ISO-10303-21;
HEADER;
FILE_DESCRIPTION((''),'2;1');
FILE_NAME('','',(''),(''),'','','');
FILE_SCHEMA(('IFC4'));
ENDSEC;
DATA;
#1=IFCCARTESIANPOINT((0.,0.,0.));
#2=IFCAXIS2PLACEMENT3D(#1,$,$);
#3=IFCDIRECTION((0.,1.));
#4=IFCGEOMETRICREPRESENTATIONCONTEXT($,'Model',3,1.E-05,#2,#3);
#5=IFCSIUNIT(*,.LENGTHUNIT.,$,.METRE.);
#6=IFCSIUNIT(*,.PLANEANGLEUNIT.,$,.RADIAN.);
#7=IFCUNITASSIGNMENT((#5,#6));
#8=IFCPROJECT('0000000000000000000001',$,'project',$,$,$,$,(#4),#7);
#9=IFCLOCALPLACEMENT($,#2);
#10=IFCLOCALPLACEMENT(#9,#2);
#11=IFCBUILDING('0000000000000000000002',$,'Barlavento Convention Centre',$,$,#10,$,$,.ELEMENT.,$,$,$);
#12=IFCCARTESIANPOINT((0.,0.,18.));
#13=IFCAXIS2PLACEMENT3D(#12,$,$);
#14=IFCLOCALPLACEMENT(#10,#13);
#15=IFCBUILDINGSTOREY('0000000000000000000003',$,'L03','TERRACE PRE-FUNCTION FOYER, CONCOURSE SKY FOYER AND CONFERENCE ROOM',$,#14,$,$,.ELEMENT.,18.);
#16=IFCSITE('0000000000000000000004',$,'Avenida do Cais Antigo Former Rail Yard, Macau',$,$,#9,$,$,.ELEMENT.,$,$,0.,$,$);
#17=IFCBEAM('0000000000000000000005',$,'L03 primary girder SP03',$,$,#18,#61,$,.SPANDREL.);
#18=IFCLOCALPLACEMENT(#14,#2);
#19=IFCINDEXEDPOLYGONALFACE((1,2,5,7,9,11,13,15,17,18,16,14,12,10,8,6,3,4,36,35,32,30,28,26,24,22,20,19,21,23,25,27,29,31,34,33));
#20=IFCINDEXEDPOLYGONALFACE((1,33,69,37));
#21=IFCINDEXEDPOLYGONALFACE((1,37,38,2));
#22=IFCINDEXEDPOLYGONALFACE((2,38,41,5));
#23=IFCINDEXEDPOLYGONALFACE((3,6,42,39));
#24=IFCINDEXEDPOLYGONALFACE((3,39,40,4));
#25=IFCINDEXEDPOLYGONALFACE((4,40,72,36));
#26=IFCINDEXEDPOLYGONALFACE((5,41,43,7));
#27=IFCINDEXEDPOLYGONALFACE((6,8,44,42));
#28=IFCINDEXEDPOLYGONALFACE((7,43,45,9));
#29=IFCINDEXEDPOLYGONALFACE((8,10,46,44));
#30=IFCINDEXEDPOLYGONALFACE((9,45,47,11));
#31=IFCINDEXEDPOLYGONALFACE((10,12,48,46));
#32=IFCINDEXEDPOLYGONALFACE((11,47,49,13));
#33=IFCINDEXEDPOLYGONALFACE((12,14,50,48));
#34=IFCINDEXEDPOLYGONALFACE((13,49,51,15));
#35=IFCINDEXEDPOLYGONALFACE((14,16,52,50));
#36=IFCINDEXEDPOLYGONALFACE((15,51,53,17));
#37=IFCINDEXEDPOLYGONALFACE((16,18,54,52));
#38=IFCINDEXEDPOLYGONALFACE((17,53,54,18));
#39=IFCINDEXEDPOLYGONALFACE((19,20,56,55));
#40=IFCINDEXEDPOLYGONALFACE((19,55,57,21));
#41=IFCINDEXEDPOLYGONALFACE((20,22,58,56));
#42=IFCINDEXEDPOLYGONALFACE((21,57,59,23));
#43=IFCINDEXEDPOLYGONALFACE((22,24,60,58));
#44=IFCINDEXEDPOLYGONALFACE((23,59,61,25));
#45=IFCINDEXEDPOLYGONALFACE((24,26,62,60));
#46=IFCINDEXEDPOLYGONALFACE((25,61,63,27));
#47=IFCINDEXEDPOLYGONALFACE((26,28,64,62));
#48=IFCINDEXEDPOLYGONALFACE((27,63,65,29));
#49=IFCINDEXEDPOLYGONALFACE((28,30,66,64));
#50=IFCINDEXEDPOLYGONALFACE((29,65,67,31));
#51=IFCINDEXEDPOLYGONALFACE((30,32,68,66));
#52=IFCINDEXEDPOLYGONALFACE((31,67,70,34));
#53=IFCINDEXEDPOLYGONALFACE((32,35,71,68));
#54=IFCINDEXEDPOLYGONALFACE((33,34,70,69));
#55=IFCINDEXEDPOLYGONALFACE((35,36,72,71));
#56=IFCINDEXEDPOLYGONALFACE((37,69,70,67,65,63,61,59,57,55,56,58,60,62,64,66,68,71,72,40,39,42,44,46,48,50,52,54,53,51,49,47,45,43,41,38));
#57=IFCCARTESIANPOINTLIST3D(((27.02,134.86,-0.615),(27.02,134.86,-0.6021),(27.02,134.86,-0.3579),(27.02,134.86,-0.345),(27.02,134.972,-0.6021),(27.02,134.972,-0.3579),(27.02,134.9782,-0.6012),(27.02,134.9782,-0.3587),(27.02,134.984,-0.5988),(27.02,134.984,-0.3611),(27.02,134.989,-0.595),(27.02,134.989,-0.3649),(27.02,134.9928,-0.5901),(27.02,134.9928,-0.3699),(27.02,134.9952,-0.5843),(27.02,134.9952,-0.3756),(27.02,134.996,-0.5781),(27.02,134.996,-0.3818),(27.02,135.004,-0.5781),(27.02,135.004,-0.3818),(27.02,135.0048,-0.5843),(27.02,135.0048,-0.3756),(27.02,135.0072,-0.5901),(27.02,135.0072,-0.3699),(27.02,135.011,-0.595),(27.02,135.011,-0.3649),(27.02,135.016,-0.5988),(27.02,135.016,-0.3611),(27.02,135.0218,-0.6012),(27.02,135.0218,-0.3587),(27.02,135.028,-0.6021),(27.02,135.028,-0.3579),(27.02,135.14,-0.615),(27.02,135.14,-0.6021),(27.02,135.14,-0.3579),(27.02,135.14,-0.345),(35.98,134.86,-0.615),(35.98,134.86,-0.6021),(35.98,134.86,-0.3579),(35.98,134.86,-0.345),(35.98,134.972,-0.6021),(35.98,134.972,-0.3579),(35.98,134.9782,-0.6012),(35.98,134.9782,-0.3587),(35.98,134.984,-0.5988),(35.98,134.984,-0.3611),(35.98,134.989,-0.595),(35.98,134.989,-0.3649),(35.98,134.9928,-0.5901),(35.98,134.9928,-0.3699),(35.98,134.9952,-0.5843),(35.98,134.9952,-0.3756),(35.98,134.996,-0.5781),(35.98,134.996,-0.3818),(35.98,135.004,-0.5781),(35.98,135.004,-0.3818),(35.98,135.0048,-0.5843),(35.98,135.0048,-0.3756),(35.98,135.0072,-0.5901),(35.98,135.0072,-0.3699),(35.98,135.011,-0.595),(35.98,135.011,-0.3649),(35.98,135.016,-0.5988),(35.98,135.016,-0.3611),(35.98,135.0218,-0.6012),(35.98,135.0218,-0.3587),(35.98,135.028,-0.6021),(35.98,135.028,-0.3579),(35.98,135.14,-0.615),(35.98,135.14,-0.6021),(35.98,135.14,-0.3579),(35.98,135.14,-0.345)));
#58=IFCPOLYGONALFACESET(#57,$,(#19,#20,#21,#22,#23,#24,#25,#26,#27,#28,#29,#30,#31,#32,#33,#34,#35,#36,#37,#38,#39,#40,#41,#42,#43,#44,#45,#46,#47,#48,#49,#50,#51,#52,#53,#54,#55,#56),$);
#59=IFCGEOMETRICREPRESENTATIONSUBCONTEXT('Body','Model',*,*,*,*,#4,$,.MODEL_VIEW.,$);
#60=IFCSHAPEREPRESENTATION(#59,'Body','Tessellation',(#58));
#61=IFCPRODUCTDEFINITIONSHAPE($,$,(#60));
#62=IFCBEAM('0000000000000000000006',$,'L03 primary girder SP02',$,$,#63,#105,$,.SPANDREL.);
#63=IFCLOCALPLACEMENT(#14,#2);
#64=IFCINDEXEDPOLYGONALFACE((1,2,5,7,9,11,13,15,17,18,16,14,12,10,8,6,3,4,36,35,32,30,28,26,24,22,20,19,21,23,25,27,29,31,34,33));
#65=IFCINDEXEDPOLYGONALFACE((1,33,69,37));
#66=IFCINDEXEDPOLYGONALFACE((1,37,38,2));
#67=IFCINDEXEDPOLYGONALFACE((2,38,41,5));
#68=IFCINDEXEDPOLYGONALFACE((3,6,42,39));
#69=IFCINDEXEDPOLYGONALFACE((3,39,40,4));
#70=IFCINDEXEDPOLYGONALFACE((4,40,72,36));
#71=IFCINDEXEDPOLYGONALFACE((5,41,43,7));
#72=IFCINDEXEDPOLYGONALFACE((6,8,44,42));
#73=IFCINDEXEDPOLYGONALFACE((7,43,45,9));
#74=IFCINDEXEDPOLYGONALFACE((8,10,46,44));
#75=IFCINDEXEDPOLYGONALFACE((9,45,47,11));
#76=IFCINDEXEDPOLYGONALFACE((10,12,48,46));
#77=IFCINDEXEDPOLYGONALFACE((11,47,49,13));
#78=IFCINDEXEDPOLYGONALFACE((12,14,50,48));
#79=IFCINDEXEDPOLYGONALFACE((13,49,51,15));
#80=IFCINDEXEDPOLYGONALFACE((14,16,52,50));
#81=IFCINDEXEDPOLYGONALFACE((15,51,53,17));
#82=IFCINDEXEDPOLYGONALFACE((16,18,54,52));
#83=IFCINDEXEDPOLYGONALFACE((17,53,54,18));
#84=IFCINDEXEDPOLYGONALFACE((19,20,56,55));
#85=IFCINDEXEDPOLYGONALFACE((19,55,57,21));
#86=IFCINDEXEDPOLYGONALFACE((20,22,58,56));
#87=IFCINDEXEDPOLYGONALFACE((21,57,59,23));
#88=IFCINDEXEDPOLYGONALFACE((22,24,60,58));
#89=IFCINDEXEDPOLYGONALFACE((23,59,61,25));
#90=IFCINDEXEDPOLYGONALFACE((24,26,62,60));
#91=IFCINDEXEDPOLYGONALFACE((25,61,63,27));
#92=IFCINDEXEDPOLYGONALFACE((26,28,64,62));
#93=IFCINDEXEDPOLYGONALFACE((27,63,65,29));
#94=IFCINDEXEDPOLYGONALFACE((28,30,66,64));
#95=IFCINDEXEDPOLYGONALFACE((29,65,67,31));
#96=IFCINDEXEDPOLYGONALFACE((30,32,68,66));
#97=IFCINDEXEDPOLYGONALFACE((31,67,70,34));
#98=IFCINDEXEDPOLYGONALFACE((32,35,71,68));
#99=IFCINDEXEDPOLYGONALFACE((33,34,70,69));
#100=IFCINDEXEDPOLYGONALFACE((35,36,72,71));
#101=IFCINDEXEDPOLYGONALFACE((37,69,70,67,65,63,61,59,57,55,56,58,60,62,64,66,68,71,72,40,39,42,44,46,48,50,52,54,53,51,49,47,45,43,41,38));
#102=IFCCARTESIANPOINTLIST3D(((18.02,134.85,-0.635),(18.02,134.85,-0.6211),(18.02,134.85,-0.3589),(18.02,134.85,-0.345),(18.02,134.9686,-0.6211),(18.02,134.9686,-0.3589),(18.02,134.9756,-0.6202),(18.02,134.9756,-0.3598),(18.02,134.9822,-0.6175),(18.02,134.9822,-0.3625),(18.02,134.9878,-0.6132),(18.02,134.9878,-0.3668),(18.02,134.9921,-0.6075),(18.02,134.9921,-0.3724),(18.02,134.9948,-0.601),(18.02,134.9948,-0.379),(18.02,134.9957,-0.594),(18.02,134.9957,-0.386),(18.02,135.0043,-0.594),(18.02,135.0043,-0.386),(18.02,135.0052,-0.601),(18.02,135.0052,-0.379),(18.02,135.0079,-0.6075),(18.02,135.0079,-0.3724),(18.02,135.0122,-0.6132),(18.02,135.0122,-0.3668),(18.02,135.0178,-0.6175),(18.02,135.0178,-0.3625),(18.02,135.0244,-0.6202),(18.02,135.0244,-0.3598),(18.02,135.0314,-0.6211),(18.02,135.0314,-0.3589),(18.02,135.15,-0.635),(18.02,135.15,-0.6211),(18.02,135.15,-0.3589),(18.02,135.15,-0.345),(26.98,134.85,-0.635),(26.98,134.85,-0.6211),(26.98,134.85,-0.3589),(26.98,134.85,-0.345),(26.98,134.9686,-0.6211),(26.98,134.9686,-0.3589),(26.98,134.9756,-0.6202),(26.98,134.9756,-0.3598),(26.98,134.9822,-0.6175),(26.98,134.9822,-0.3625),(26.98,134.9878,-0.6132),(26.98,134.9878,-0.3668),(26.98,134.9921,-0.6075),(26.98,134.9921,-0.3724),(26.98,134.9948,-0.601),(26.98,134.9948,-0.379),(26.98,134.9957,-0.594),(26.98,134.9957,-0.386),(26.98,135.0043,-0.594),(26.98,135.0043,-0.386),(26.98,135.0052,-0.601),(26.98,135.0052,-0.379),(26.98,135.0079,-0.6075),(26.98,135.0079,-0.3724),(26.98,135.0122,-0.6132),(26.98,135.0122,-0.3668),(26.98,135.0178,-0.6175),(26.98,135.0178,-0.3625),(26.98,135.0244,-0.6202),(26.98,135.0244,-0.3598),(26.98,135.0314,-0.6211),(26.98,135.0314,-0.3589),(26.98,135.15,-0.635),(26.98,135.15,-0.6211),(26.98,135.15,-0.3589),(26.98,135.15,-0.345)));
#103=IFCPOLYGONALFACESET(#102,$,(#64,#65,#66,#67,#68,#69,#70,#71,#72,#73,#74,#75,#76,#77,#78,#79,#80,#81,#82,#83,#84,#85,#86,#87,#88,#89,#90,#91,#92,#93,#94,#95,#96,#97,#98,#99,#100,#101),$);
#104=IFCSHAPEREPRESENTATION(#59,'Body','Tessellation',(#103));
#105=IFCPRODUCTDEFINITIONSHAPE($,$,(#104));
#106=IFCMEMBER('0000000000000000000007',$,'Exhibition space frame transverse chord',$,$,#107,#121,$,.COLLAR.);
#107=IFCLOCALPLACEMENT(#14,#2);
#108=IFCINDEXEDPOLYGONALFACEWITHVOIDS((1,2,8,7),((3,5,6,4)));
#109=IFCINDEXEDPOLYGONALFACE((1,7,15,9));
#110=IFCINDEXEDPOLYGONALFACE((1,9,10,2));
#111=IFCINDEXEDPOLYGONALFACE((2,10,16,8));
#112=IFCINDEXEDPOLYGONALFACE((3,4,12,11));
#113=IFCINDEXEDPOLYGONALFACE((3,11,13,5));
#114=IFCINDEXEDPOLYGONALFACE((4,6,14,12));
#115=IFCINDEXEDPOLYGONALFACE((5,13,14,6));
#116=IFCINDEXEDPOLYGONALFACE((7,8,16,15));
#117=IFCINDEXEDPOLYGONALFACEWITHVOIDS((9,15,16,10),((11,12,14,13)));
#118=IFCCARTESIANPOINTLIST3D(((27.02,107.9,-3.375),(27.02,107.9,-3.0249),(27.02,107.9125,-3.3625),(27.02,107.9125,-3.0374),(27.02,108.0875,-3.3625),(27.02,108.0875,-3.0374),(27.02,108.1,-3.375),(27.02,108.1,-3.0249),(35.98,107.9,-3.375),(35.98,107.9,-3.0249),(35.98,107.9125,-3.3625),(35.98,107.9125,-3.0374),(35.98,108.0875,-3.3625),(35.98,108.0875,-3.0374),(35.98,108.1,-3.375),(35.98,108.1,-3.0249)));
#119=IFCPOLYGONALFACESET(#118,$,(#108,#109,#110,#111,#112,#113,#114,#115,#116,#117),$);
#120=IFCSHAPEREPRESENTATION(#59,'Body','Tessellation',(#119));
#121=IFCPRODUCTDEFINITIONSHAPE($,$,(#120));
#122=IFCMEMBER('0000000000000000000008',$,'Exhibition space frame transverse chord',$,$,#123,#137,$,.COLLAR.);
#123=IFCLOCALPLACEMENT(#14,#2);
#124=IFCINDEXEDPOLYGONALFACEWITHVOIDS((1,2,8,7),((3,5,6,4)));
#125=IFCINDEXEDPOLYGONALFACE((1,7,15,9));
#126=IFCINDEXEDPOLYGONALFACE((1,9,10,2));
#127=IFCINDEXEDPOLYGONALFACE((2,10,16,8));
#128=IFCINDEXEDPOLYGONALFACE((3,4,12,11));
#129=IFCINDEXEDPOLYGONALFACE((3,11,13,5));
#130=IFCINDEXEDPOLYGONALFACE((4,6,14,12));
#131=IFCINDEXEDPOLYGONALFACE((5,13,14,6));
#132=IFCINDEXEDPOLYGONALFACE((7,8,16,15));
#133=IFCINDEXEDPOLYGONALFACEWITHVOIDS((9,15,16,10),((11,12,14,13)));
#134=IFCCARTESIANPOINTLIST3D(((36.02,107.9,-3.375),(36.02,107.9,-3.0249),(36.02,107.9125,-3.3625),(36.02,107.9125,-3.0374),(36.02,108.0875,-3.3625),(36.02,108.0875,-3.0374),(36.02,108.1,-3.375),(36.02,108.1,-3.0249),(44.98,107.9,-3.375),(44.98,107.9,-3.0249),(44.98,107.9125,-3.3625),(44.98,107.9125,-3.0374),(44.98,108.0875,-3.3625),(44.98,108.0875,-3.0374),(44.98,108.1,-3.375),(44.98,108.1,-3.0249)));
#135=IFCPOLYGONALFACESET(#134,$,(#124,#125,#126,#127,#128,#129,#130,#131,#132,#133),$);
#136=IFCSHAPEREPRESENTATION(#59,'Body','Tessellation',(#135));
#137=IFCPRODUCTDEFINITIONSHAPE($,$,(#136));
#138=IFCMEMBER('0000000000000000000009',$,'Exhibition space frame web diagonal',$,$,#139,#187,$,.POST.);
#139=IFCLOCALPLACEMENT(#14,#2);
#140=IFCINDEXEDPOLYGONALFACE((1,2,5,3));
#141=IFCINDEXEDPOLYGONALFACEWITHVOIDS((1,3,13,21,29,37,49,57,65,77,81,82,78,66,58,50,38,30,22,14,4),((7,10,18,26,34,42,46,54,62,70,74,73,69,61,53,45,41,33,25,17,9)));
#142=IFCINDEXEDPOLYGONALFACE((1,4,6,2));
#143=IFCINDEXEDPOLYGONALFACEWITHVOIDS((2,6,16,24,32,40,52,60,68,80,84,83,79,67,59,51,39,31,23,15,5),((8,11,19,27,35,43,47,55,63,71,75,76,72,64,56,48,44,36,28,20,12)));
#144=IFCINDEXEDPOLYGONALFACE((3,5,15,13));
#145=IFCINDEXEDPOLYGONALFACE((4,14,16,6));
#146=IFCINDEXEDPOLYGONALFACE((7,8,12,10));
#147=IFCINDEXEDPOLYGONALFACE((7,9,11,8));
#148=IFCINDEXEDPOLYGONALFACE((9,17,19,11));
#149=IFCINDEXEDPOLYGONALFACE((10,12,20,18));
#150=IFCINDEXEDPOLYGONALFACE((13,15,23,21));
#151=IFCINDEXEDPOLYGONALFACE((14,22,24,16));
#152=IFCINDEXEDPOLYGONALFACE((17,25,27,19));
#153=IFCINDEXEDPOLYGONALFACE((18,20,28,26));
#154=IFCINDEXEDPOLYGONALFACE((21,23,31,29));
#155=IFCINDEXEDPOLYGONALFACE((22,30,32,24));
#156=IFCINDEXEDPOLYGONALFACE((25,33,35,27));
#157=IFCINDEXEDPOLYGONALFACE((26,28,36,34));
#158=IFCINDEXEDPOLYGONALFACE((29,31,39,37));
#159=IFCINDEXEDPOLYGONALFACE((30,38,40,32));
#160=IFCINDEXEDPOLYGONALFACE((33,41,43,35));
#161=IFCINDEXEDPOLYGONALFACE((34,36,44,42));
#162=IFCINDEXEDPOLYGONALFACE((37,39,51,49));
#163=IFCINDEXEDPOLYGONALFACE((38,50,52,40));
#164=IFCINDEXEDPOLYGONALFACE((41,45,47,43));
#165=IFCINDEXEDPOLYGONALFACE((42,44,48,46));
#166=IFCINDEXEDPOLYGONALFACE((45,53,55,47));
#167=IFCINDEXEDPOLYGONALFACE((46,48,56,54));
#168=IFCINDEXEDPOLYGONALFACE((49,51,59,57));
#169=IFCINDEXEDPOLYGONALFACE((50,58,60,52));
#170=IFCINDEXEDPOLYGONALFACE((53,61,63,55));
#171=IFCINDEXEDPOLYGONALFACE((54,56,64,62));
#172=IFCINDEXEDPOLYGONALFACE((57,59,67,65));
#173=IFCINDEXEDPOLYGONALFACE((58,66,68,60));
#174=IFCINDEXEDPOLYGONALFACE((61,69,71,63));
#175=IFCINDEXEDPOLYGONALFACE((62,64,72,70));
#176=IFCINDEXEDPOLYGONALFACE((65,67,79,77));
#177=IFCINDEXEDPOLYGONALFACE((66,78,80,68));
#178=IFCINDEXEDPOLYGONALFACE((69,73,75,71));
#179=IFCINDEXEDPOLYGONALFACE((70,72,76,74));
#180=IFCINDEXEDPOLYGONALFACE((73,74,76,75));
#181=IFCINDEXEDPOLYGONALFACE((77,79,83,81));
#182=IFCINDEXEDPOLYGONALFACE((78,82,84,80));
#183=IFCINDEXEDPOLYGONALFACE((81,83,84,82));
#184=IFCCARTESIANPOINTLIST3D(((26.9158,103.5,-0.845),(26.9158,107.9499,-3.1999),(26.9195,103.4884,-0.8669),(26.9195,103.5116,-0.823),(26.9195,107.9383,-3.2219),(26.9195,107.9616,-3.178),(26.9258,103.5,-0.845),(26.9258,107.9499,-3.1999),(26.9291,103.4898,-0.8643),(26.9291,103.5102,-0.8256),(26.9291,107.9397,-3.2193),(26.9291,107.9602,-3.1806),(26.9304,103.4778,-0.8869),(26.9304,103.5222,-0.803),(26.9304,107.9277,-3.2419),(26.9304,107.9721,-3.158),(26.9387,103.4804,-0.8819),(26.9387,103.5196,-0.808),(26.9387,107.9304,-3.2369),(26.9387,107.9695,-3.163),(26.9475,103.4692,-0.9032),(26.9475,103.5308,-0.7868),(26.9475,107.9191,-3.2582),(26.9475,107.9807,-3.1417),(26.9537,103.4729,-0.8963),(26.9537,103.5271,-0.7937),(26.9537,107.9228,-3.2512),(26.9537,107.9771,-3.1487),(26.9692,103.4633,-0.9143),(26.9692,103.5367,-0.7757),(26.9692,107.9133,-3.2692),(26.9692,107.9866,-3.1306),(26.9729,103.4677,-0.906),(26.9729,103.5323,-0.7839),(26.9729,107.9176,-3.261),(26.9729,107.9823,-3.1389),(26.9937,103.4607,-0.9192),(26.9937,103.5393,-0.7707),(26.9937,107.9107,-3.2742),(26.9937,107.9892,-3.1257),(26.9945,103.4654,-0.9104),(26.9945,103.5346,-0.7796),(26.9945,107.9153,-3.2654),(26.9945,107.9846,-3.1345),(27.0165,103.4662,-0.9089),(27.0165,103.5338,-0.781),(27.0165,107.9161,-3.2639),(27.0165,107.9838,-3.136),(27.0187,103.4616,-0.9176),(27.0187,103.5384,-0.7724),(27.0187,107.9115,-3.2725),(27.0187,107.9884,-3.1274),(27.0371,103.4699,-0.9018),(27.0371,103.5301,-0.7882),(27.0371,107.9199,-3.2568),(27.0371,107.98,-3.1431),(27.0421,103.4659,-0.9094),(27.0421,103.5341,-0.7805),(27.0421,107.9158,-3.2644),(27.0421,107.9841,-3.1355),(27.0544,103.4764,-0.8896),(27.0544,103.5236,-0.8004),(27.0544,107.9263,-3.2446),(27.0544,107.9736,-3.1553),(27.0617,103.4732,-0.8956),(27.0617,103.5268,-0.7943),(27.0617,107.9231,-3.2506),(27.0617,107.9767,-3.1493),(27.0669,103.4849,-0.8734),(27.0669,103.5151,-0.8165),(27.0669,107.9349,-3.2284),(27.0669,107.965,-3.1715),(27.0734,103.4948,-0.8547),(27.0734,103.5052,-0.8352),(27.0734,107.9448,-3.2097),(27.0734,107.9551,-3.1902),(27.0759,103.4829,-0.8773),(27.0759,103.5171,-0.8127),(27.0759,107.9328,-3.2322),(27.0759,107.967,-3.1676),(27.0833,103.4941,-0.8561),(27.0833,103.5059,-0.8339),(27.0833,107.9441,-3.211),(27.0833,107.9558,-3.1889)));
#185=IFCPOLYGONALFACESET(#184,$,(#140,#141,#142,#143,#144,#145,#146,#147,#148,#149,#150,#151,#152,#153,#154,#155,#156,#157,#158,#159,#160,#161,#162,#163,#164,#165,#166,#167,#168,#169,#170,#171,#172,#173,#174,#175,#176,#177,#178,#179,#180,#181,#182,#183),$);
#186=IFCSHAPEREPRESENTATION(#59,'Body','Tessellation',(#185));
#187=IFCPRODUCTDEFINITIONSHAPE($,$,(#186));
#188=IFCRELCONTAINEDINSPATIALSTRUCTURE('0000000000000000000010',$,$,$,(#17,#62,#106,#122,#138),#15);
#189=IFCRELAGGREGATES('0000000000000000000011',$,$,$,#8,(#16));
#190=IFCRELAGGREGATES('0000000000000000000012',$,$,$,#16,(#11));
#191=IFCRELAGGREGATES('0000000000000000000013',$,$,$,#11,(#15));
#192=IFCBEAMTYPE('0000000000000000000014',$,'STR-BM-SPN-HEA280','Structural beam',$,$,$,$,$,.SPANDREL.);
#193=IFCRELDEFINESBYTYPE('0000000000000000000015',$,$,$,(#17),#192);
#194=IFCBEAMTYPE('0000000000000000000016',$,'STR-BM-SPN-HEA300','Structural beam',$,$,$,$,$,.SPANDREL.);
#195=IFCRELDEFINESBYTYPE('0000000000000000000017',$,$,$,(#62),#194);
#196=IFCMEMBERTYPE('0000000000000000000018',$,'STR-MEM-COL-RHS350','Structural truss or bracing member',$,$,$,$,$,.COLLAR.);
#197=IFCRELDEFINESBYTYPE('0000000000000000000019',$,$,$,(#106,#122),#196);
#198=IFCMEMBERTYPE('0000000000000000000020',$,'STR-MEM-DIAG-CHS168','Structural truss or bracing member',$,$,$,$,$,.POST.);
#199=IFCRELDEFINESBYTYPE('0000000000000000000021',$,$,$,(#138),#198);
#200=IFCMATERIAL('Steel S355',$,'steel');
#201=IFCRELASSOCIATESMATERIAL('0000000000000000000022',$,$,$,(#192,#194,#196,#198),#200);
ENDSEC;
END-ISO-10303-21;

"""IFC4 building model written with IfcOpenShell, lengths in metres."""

from ifc_helpers import new_model, si_unit, direction, frame, origin, origin_2d, place, context, subcontext, project, spatial, hollow_rectangle, hollow_circle, i_section, extrude, material, material_profile, profile_set, type_object, element, save


model = new_model("IFC4")

# Units and contexts
model_context = context("Model", 3, precision=1e-05, world=origin(), true_north=direction((0.0, 1.0)))
body_context = subcontext(model_context, "Body", "Model", "MODEL_VIEW")
ifc_project = project(units=[si_unit("LENGTHUNIT", "METRE"), si_unit("PLANEANGLEUNIT", "RADIAN")], contexts=[model_context])

# Site, building, storey
site_placement = place(None, origin())
site = spatial("IfcSite", under=ifc_project, at=site_placement, Name="Avenida do Cais Antigo Former Rail Yard, Macau", CompositionType="ELEMENT", RefElevation=0.0)
building_placement = place(site_placement, origin())
building = spatial("IfcBuilding", under=site, at=building_placement, Name="Barlavento Convention Centre", CompositionType="ELEMENT")
storey_placement = place(building_placement, frame((0.0, 0.0, 18.0)))
storey = spatial("IfcBuildingStorey", under=building, at=storey_placement, Name="L03", Description="TERRACE PRE-FUNCTION FOYER, CONCOURSE SKY FOYER AND CONFERENCE ROOM", CompositionType="ELEMENT", Elevation=18.0)

# Beams
ifc_material_1 = material(Name="Steel S355", Category="steel")
ifc_material_profile_1 = material_profile(ifc_material_1, i_section(OverallWidth=0.28, OverallDepth=0.27, WebThickness=0.0081, FlangeThickness=0.0129, FilletRadius=0.0239, at=origin_2d()), Name="HEA 280")
ifc_profile_set_1 = profile_set([ifc_material_profile_1], Name="Steel S355")
beam_type_1 = type_object("IfcBeamType", Name="STR-BM-SPN-HEA280", Description="Structural beam", PredefinedType="SPANDREL", material=ifc_profile_set_1)
beam_1_placement = place(storey_placement, frame((27.02, 135.0, -0.48), z_axis=(1.0, 0.0, 0.0), x_axis=(0.0, 1.0, 0.0)))
element("IfcBeam", 1, at=beam_1_placement, inside=storey, type_object=beam_type_1, Name="L03 primary girder SP03", PredefinedType="SPANDREL", context=body_context, shape_type="SweptSolid", body=[
    extrude(i_section(OverallWidth=0.28, OverallDepth=0.27, WebThickness=0.0081, FlangeThickness=0.0129, FilletRadius=0.0239, at=origin_2d()), origin(), (0.0, 0.0, 1.0), 8.96),
])
ifc_material_profile_2 = material_profile(ifc_material_1, i_section(OverallWidth=0.3, OverallDepth=0.29, WebThickness=0.0085, FlangeThickness=0.0139, FilletRadius=0.0271, at=origin_2d()), Name="HEA 300")
ifc_profile_set_2 = profile_set([ifc_material_profile_2], Name="Steel S355")
beam_type_2 = type_object("IfcBeamType", Name="STR-BM-SPN-HEA300", Description="Structural beam", PredefinedType="SPANDREL", material=ifc_profile_set_2)
beam_2_placement = place(storey_placement, frame((18.02, 135.0, -0.49), z_axis=(1.0, 0.0, 0.0), x_axis=(0.0, 1.0, 0.0)))
element("IfcBeam", 2, at=beam_2_placement, inside=storey, type_object=beam_type_2, Name="L03 primary girder SP02", PredefinedType="SPANDREL", context=body_context, shape_type="SweptSolid", body=[
    extrude(i_section(OverallWidth=0.3, OverallDepth=0.29, WebThickness=0.0085, FlangeThickness=0.0139, FilletRadius=0.0271, at=origin_2d()), origin(), (0.0, 0.0, 1.0), 8.96),
])

# Members
ifc_material_profile_3 = material_profile(ifc_material_1, hollow_rectangle(XDim=0.2, YDim=0.3501, WallThickness=0.0125, at=origin_2d()), Name="RHS 350x200x12.5")
ifc_profile_set_3 = profile_set([ifc_material_profile_3], Name="Steel S355")
member_type_1 = type_object("IfcMemberType", Name="STR-MEM-COL-RHS350", Description="Structural truss or bracing member", PredefinedType="COLLAR", material=ifc_profile_set_3)
for number, where, z_axis, x_axis, name in (
    (3, (27.02, 108.0, -3.2), (1.0, 0.0, 0.0), (0.0, 1.0, 0.0), "Exhibition space frame transverse chord"),
    (4, (36.02, 108.0, -3.2), (1.0, 0.0, 0.0), (0.0, 1.0, 0.0), "Exhibition space frame transverse chord"),
):
    element("IfcMember", number, at=place(storey_placement, frame(where, z_axis=z_axis, x_axis=x_axis)), inside=storey, type_object=member_type_1, Name=name, PredefinedType="COLLAR", context=body_context, shape_type="SweptSolid", body=[
        extrude(hollow_rectangle(XDim=0.2, YDim=0.3501, WallThickness=0.0125, at=origin_2d()), origin(), (0.0, 0.0, 1.0), 8.96),
    ])
ifc_material_profile_4 = material_profile(ifc_material_1, hollow_circle(Radius=0.0842, WallThickness=0.01, at=origin_2d()), Name="CHS 168.3x10.0")
ifc_profile_set_4 = profile_set([ifc_material_profile_4], Name="Steel S355")
member_type_2 = type_object("IfcMemberType", Name="STR-MEM-DIAG-CHS168", Description="Structural truss or bracing member", PredefinedType="POST", material=ifc_profile_set_4)
for number, where, z_axis, x_axis, name in (
    (5, (27.0, 103.5, -0.845), (0.0, 0.88386, -0.467752), (-1.0, 0.0, 0.0), "Exhibition space frame web diagonal"),
):
    element("IfcMember", number, at=place(storey_placement, frame(where, z_axis=z_axis, x_axis=x_axis)), inside=storey, type_object=member_type_2, Name=name, PredefinedType="POST", context=body_context, shape_type="SweptSolid", body=[
        extrude(hollow_circle(Radius=0.0842, WallThickness=0.01, at=origin_2d()), origin(), (0.0, 0.0, 1.0), 5.0347),
    ])

save(model, "model.ifc")
